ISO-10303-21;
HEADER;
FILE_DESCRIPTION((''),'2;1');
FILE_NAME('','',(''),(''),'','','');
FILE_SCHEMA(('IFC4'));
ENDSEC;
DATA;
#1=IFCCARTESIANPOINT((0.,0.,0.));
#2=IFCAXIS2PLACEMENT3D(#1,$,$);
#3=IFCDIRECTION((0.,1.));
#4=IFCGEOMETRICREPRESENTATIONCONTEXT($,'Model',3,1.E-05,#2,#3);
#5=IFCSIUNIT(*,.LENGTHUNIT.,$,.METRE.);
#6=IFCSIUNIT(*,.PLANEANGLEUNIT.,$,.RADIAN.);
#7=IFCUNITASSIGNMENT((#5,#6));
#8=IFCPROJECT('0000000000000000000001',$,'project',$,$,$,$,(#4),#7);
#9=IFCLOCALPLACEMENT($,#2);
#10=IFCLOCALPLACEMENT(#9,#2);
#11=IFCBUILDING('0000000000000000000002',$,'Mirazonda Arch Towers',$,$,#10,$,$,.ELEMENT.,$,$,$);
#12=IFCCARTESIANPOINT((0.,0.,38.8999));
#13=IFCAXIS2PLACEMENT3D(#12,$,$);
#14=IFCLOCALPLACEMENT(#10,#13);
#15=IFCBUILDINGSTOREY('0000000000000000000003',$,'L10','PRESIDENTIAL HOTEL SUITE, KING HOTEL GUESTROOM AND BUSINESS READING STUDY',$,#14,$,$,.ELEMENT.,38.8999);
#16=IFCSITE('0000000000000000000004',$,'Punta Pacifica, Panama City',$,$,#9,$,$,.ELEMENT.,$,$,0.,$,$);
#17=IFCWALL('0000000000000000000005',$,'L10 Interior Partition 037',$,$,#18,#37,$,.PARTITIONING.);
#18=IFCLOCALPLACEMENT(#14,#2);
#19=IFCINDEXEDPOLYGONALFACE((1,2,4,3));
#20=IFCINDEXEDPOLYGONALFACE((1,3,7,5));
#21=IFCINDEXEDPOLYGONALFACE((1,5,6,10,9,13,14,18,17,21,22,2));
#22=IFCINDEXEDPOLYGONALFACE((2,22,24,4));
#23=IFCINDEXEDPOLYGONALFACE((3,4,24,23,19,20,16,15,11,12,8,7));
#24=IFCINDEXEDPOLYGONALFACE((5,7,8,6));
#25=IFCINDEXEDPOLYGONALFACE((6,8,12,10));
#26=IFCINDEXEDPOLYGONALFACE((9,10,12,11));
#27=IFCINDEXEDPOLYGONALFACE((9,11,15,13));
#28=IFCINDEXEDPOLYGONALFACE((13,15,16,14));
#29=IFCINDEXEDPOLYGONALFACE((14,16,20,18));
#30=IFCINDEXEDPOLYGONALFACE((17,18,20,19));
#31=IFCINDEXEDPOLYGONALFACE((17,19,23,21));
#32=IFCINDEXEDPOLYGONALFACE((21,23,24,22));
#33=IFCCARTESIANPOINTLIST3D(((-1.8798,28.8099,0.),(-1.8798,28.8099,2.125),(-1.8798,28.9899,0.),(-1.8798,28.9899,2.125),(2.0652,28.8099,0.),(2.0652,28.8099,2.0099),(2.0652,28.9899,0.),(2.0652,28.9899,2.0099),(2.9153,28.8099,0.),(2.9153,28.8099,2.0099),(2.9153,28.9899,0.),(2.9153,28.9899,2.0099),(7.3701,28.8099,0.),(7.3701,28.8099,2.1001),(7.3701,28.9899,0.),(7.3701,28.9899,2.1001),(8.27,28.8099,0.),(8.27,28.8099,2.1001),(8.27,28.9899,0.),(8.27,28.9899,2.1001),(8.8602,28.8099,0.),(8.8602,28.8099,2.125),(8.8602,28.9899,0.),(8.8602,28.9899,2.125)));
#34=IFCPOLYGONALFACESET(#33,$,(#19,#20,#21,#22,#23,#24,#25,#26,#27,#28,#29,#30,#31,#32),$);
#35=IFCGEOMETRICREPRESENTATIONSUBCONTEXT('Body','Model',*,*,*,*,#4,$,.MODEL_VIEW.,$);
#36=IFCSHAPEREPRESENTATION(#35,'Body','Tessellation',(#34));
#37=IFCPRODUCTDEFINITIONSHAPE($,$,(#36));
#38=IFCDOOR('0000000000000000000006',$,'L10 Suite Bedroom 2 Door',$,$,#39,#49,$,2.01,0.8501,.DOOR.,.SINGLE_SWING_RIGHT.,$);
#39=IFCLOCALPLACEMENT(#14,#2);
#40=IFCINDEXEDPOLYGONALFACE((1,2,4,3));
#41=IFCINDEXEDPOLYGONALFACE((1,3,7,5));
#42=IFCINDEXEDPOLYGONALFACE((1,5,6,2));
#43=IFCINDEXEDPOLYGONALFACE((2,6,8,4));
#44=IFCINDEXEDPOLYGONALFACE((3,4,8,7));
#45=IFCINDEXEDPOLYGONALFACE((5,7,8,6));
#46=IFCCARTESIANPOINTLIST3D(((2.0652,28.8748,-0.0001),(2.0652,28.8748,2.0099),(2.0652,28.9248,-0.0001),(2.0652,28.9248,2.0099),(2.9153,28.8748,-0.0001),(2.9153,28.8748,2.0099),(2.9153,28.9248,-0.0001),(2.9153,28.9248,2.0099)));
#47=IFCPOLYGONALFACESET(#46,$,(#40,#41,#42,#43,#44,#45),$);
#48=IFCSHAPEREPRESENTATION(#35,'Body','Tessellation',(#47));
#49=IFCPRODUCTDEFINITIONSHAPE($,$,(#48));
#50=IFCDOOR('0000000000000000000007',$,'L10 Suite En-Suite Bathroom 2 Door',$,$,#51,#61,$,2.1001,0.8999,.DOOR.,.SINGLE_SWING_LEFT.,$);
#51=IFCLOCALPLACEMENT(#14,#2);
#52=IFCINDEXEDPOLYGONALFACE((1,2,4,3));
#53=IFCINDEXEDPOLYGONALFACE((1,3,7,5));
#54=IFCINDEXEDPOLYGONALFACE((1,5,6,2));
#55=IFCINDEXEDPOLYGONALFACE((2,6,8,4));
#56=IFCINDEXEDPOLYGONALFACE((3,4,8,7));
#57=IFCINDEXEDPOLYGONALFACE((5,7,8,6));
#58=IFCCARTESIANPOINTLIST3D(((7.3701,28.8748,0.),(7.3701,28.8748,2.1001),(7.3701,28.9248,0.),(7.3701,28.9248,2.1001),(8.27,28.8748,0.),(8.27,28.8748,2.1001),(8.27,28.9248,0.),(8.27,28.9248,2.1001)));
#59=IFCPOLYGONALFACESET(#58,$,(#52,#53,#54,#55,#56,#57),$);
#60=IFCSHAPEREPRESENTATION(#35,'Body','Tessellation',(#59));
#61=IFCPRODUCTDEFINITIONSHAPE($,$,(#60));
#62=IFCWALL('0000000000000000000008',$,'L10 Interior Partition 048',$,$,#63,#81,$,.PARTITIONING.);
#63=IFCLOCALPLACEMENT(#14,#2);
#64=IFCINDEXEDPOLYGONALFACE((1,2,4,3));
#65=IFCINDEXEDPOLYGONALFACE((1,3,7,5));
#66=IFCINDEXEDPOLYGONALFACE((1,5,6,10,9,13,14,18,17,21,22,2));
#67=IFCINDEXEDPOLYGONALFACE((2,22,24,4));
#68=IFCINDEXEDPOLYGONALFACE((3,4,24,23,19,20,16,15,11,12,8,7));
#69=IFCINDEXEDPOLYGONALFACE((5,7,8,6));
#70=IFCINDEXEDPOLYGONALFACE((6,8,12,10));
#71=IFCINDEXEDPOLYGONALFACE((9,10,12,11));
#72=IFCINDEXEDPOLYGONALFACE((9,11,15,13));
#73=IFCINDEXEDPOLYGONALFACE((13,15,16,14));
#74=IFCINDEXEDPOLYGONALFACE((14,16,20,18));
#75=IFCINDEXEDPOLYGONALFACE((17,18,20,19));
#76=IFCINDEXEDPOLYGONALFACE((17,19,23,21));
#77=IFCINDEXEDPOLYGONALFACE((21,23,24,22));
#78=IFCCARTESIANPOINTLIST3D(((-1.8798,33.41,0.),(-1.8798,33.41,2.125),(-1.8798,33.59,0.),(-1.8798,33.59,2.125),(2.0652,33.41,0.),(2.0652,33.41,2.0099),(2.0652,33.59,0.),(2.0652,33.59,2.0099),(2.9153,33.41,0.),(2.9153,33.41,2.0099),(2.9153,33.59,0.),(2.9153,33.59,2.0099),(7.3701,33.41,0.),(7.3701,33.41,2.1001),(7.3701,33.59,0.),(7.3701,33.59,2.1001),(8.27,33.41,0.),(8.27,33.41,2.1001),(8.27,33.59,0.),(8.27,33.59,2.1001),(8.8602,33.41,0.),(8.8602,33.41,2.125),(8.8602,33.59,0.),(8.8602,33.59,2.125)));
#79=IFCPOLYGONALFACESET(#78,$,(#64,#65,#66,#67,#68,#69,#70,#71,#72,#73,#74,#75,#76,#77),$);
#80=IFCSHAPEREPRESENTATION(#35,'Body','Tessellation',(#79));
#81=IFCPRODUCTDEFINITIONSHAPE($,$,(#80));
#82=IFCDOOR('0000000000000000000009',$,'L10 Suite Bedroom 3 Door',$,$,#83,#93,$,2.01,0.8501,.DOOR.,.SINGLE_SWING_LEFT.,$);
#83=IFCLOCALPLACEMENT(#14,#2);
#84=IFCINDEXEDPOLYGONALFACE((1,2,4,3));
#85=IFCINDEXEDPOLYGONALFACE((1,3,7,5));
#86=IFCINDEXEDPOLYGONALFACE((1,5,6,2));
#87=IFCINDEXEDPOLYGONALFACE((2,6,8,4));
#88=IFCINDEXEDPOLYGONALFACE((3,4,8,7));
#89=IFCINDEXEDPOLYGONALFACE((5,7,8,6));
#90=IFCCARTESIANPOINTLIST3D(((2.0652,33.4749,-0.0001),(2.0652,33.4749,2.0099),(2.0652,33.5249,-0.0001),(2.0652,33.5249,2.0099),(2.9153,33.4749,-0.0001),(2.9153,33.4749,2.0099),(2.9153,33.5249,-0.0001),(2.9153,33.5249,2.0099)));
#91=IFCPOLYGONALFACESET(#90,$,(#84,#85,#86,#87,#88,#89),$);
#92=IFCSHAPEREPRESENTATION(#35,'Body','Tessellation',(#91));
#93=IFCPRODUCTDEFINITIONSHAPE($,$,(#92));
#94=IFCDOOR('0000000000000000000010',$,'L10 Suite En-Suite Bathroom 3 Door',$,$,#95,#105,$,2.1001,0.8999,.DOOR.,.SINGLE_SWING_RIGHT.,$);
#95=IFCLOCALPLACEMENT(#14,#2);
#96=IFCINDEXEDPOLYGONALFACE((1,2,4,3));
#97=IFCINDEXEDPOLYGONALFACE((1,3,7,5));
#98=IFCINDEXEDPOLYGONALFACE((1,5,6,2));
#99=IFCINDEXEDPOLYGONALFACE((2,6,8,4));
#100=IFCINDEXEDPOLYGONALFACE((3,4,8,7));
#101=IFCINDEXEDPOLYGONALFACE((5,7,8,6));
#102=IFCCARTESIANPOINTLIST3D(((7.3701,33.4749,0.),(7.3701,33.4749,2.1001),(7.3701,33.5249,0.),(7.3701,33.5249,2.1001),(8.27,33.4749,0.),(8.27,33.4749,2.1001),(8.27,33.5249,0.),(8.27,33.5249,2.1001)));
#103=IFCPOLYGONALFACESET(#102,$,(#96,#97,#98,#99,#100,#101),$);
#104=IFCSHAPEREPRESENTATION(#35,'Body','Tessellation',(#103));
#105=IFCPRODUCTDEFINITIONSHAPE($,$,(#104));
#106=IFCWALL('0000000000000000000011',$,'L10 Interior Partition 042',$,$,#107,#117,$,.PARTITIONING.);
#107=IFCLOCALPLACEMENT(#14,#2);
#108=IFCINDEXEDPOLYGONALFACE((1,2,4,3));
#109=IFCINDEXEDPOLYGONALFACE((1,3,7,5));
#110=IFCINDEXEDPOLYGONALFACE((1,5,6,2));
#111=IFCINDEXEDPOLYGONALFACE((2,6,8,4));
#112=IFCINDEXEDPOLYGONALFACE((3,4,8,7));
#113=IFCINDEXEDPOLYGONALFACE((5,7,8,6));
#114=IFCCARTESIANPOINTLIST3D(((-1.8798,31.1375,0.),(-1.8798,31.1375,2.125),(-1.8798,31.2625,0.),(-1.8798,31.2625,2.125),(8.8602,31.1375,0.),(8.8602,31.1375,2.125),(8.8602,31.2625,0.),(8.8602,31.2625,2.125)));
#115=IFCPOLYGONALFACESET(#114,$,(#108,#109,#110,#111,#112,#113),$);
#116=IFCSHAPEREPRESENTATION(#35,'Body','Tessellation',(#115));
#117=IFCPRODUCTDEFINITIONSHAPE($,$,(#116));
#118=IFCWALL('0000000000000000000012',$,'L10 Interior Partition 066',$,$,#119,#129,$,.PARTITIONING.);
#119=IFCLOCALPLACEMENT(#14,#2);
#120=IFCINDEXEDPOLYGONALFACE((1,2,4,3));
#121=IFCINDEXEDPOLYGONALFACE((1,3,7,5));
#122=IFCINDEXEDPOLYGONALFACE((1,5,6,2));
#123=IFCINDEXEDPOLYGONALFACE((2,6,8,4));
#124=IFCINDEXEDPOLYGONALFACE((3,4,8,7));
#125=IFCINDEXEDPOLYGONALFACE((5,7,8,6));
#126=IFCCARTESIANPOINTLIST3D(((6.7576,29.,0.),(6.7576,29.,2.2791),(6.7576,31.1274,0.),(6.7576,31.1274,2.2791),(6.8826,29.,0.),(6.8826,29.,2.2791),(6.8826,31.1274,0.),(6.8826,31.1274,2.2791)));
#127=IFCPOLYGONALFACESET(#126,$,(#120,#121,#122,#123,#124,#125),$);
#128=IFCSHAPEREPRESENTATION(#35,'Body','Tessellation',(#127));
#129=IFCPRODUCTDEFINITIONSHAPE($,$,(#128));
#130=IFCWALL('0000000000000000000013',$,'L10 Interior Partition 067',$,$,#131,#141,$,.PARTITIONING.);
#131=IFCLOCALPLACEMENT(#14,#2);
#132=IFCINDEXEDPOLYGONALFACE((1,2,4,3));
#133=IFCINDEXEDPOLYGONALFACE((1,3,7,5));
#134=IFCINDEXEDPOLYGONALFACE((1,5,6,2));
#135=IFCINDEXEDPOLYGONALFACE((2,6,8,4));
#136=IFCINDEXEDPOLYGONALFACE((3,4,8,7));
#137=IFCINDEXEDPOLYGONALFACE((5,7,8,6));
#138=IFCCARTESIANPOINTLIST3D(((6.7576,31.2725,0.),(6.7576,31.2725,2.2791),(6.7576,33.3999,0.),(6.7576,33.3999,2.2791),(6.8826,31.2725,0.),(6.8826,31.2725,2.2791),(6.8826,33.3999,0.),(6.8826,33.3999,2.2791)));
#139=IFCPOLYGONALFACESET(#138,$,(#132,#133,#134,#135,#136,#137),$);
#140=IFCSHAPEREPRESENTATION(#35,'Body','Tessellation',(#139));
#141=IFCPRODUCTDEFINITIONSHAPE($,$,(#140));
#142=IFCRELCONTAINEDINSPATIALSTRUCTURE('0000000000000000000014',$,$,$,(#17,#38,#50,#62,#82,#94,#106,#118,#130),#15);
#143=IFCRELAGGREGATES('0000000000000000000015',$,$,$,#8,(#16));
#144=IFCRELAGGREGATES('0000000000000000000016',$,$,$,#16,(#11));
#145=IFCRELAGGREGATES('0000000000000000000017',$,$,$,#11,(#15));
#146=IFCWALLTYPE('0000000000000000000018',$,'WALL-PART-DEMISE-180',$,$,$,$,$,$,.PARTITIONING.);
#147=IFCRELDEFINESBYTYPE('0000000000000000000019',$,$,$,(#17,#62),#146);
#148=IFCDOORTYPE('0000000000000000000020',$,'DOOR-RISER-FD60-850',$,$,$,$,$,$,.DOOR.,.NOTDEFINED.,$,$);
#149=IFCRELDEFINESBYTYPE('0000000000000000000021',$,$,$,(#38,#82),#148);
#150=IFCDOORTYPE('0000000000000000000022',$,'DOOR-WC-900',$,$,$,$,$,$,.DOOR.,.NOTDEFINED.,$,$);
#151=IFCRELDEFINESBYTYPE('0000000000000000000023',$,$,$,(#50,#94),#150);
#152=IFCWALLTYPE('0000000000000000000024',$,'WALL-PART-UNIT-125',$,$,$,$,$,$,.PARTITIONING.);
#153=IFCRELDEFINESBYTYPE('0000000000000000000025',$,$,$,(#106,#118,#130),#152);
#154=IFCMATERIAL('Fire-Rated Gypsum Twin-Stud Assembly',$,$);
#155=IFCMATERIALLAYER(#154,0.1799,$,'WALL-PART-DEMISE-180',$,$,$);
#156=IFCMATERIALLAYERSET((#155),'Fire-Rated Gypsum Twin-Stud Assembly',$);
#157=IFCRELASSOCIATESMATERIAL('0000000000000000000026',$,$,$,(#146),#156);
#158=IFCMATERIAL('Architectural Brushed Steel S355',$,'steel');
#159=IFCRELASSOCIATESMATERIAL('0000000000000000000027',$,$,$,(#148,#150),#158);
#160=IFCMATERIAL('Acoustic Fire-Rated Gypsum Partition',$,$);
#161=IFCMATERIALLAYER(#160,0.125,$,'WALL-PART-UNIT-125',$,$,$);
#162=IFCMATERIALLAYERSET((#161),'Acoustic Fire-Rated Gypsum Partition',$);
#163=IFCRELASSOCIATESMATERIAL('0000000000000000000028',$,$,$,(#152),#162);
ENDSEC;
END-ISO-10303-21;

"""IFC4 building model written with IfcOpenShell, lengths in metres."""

from ifc_helpers import new_model, si_unit, direction, frame, frame_2d, origin, place, context, subcontext, project, spatial, rectangle, extrude, material, layer, layer_set, type_object, element, fill, save


model = new_model("IFC4")

# Units and contexts
model_context = context("Model", 3, precision=1e-05, world=origin(), true_north=direction((0.0, 1.0)))
body_context = subcontext(model_context, "Body", "Model", "MODEL_VIEW")
ifc_project = project(units=[si_unit("LENGTHUNIT", "METRE"), si_unit("PLANEANGLEUNIT", "RADIAN")], contexts=[model_context])

# Site, building, storey
site_placement = place(None, origin())
site = spatial("IfcSite", under=ifc_project, at=site_placement, Name="Punta Pacifica, Panama City", CompositionType="ELEMENT", RefElevation=0.0)
building_placement = place(site_placement, origin())
building = spatial("IfcBuilding", under=site, at=building_placement, Name="Mirazonda Arch Towers", CompositionType="ELEMENT")
storey_placement = place(building_placement, frame((0.0, 0.0, 38.8999)))
storey = spatial("IfcBuildingStorey", under=building, at=storey_placement, Name="L10", Description="PRESIDENTIAL HOTEL SUITE, KING HOTEL GUESTROOM AND BUSINESS READING STUDY", CompositionType="ELEMENT", Elevation=38.8999)

# Walls, openings, doors
ifc_material_1 = material(Name="Fire-Rated Gypsum Twin-Stud Assembly")
ifc_layer_1 = layer(ifc_material_1, 0.1799, Name="WALL-PART-DEMISE-180")
ifc_layer_set_1 = layer_set([ifc_layer_1], Name="Fire-Rated Gypsum Twin-Stud Assembly")
wall_type_1 = type_object("IfcWallType", Name="WALL-PART-DEMISE-180", PredefinedType="PARTITIONING", material=ifc_layer_set_1)
wall_1_placement = place(storey_placement, frame((-1.8799, 28.8999, 0.0), z_axis=(0.0, 0.0, 1.0), x_axis=(1.0, 0.0, 0.0)))
wall_1 = element("IfcWall", 1, at=wall_1_placement, inside=storey, type_object=wall_type_1, Name="L10 Interior Partition 037", PredefinedType="PARTITIONING", context=body_context, shape_type="SweptSolid", body=[
    extrude(rectangle(XDim=10.74, YDim=0.1799, at=frame_2d((5.3701, 0.0))), origin(), (0.0, 0.0, 1.0), 2.125),
])
opening_1_placement = place(wall_1_placement, frame((3.9451, 0.0, 0.0)))
opening_1 = element("IfcOpeningElement", 2, at=opening_1_placement, cuts=wall_1, PredefinedType="OPENING", context=body_context, shape_type="SweptSolid", body=[
    extrude(rectangle(XDim=0.8501, YDim=2.01, at=frame_2d((0.425, 1.0049))), frame((0.0, 0.0999, 0.0), z_axis=(0.0, -1.0, 0.0), x_axis=(1.0, 0.0, 0.0)), (0.0, 0.0, 1.0), 0.2),
])
opening_2_placement = place(wall_1_placement, frame((9.25, 0.0, 0.0)))
opening_2 = element("IfcOpeningElement", 3, at=opening_2_placement, cuts=wall_1, PredefinedType="OPENING", context=body_context, shape_type="SweptSolid", body=[
    extrude(rectangle(XDim=0.8999, YDim=2.1001, at=frame_2d((0.45, 1.05))), frame((0.0, 0.0999, 0.0), z_axis=(0.0, -1.0, 0.0), x_axis=(1.0, 0.0, 0.0)), (0.0, 0.0, 1.0), 0.2),
])
ifc_material_2 = material(Name="Architectural Brushed Steel S355", Category="steel")
door_type_1 = type_object("IfcDoorType", Name="DOOR-RISER-FD60-850", OperationType="NOTDEFINED", PredefinedType="DOOR", material=ifc_material_2)
door_1_placement = place(opening_1_placement, origin())
door_1 = element("IfcDoor", 4, at=door_1_placement, inside=storey, type_object=door_type_1, Name="L10 Suite Bedroom 2 Door", OperationType="SINGLE_SWING_RIGHT", OverallHeight=2.01, OverallWidth=0.8501, PredefinedType="DOOR", context=body_context, shape_type="SweptSolid", body=[
    extrude(rectangle(XDim=0.8501, YDim=2.01, at=frame_2d((0.425, 1.0049))), frame((0.0, 0.0249, 0.0), z_axis=(0.0, -1.0, 0.0), x_axis=(1.0, 0.0, 0.0)), (0.0, 0.0, 1.0), 0.05),
])
fill(opening_1, door_1)
door_type_2 = type_object("IfcDoorType", Name="DOOR-WC-900", OperationType="NOTDEFINED", PredefinedType="DOOR", material=ifc_material_2)
door_2_placement = place(opening_2_placement, origin())
door_2 = element("IfcDoor", 5, at=door_2_placement, inside=storey, type_object=door_type_2, Name="L10 Suite En-Suite Bathroom 2 Door", OperationType="SINGLE_SWING_LEFT", OverallHeight=2.1001, OverallWidth=0.8999, PredefinedType="DOOR", context=body_context, shape_type="SweptSolid", body=[
    extrude(rectangle(XDim=0.8999, YDim=2.1001, at=frame_2d((0.45, 1.05))), frame((0.0, 0.0249, 0.0), z_axis=(0.0, -1.0, 0.0), x_axis=(1.0, 0.0, 0.0)), (0.0, 0.0, 1.0), 0.05),
])
fill(opening_2, door_2)
wall_2_placement = place(storey_placement, frame((-1.8799, 33.5, 0.0), z_axis=(0.0, 0.0, 1.0), x_axis=(1.0, 0.0, 0.0)))
wall_2 = element("IfcWall", 6, at=wall_2_placement, inside=storey, type_object=wall_type_1, Name="L10 Interior Partition 048", PredefinedType="PARTITIONING", context=body_context, shape_type="SweptSolid", body=[
    extrude(rectangle(XDim=10.74, YDim=0.1799, at=frame_2d((5.3701, 0.0))), origin(), (0.0, 0.0, 1.0), 2.125),
])
opening_3_placement = place(wall_2_placement, frame((3.9451, 0.0, 0.0)))
opening_3 = element("IfcOpeningElement", 7, at=opening_3_placement, cuts=wall_2, PredefinedType="OPENING", context=body_context, shape_type="SweptSolid", body=[
    extrude(rectangle(XDim=0.8501, YDim=2.01, at=frame_2d((0.425, 1.0049))), frame((0.0, 0.0999, 0.0), z_axis=(0.0, -1.0, 0.0), x_axis=(1.0, 0.0, 0.0)), (0.0, 0.0, 1.0), 0.2),
])
opening_4_placement = place(wall_2_placement, frame((9.25, 0.0, 0.0)))
opening_4 = element("IfcOpeningElement", 8, at=opening_4_placement, cuts=wall_2, PredefinedType="OPENING", context=body_context, shape_type="SweptSolid", body=[
    extrude(rectangle(XDim=0.8999, YDim=2.1001, at=frame_2d((0.45, 1.05))), frame((0.0, 0.0999, 0.0), z_axis=(0.0, -1.0, 0.0), x_axis=(1.0, 0.0, 0.0)), (0.0, 0.0, 1.0), 0.2),
])
door_3_placement = place(opening_3_placement, origin())
door_3 = element("IfcDoor", 9, at=door_3_placement, inside=storey, type_object=door_type_1, Name="L10 Suite Bedroom 3 Door", OperationType="SINGLE_SWING_LEFT", OverallHeight=2.01, OverallWidth=0.8501, PredefinedType="DOOR", context=body_context, shape_type="SweptSolid", body=[
    extrude(rectangle(XDim=0.8501, YDim=2.01, at=frame_2d((0.425, 1.0049))), frame((0.0, 0.0249, 0.0), z_axis=(0.0, -1.0, 0.0), x_axis=(1.0, 0.0, 0.0)), (0.0, 0.0, 1.0), 0.05),
])
fill(opening_3, door_3)
door_4_placement = place(opening_4_placement, origin())
door_4 = element("IfcDoor", 10, at=door_4_placement, inside=storey, type_object=door_type_2, Name="L10 Suite En-Suite Bathroom 3 Door", OperationType="SINGLE_SWING_RIGHT", OverallHeight=2.1001, OverallWidth=0.8999, PredefinedType="DOOR", context=body_context, shape_type="SweptSolid", body=[
    extrude(rectangle(XDim=0.8999, YDim=2.1001, at=frame_2d((0.45, 1.05))), frame((0.0, 0.0249, 0.0), z_axis=(0.0, -1.0, 0.0), x_axis=(1.0, 0.0, 0.0)), (0.0, 0.0, 1.0), 0.05),
])
fill(opening_4, door_4)

# Walls
ifc_material_3 = material(Name="Acoustic Fire-Rated Gypsum Partition")
ifc_layer_2 = layer(ifc_material_3, 0.125, Name="WALL-PART-UNIT-125")
ifc_layer_set_2 = layer_set([ifc_layer_2], Name="Acoustic Fire-Rated Gypsum Partition")
wall_type_2 = type_object("IfcWallType", Name="WALL-PART-UNIT-125", PredefinedType="PARTITIONING", material=ifc_layer_set_2)
wall_3_placement = place(storey_placement, frame((-1.8799, 31.2, 0.0), z_axis=(0.0, 0.0, 1.0), x_axis=(1.0, 0.0, 0.0)))
element("IfcWall", 11, at=wall_3_placement, inside=storey, type_object=wall_type_2, Name="L10 Interior Partition 042", PredefinedType="PARTITIONING", context=body_context, shape_type="SweptSolid", body=[
    extrude(rectangle(XDim=10.74, YDim=0.125, at=frame_2d((5.3701, 0.0))), origin(), (0.0, 0.0, 1.0), 2.125),
])
for number, where, z_axis, x_axis, name in (
    (12, (6.8201, 29.0, 0.0), (0.0, 0.0, 1.0), (0.0, 1.0, 0.0), "L10 Interior Partition 066"),
    (13, (6.8201, 31.2725, 0.0), (0.0, 0.0, 1.0), (0.0, 1.0, 0.0), "L10 Interior Partition 067"),
):
    element("IfcWall", number, at=place(storey_placement, frame(where, z_axis=z_axis, x_axis=x_axis)), inside=storey, type_object=wall_type_2, Name=name, PredefinedType="PARTITIONING", context=body_context, shape_type="SweptSolid", body=[
        extrude(rectangle(XDim=2.1274, YDim=0.125, at=frame_2d((1.0637, 0.0))), origin(), (0.0, 0.0, 1.0), 2.2791),
    ])

save(model, "model.ifc")
